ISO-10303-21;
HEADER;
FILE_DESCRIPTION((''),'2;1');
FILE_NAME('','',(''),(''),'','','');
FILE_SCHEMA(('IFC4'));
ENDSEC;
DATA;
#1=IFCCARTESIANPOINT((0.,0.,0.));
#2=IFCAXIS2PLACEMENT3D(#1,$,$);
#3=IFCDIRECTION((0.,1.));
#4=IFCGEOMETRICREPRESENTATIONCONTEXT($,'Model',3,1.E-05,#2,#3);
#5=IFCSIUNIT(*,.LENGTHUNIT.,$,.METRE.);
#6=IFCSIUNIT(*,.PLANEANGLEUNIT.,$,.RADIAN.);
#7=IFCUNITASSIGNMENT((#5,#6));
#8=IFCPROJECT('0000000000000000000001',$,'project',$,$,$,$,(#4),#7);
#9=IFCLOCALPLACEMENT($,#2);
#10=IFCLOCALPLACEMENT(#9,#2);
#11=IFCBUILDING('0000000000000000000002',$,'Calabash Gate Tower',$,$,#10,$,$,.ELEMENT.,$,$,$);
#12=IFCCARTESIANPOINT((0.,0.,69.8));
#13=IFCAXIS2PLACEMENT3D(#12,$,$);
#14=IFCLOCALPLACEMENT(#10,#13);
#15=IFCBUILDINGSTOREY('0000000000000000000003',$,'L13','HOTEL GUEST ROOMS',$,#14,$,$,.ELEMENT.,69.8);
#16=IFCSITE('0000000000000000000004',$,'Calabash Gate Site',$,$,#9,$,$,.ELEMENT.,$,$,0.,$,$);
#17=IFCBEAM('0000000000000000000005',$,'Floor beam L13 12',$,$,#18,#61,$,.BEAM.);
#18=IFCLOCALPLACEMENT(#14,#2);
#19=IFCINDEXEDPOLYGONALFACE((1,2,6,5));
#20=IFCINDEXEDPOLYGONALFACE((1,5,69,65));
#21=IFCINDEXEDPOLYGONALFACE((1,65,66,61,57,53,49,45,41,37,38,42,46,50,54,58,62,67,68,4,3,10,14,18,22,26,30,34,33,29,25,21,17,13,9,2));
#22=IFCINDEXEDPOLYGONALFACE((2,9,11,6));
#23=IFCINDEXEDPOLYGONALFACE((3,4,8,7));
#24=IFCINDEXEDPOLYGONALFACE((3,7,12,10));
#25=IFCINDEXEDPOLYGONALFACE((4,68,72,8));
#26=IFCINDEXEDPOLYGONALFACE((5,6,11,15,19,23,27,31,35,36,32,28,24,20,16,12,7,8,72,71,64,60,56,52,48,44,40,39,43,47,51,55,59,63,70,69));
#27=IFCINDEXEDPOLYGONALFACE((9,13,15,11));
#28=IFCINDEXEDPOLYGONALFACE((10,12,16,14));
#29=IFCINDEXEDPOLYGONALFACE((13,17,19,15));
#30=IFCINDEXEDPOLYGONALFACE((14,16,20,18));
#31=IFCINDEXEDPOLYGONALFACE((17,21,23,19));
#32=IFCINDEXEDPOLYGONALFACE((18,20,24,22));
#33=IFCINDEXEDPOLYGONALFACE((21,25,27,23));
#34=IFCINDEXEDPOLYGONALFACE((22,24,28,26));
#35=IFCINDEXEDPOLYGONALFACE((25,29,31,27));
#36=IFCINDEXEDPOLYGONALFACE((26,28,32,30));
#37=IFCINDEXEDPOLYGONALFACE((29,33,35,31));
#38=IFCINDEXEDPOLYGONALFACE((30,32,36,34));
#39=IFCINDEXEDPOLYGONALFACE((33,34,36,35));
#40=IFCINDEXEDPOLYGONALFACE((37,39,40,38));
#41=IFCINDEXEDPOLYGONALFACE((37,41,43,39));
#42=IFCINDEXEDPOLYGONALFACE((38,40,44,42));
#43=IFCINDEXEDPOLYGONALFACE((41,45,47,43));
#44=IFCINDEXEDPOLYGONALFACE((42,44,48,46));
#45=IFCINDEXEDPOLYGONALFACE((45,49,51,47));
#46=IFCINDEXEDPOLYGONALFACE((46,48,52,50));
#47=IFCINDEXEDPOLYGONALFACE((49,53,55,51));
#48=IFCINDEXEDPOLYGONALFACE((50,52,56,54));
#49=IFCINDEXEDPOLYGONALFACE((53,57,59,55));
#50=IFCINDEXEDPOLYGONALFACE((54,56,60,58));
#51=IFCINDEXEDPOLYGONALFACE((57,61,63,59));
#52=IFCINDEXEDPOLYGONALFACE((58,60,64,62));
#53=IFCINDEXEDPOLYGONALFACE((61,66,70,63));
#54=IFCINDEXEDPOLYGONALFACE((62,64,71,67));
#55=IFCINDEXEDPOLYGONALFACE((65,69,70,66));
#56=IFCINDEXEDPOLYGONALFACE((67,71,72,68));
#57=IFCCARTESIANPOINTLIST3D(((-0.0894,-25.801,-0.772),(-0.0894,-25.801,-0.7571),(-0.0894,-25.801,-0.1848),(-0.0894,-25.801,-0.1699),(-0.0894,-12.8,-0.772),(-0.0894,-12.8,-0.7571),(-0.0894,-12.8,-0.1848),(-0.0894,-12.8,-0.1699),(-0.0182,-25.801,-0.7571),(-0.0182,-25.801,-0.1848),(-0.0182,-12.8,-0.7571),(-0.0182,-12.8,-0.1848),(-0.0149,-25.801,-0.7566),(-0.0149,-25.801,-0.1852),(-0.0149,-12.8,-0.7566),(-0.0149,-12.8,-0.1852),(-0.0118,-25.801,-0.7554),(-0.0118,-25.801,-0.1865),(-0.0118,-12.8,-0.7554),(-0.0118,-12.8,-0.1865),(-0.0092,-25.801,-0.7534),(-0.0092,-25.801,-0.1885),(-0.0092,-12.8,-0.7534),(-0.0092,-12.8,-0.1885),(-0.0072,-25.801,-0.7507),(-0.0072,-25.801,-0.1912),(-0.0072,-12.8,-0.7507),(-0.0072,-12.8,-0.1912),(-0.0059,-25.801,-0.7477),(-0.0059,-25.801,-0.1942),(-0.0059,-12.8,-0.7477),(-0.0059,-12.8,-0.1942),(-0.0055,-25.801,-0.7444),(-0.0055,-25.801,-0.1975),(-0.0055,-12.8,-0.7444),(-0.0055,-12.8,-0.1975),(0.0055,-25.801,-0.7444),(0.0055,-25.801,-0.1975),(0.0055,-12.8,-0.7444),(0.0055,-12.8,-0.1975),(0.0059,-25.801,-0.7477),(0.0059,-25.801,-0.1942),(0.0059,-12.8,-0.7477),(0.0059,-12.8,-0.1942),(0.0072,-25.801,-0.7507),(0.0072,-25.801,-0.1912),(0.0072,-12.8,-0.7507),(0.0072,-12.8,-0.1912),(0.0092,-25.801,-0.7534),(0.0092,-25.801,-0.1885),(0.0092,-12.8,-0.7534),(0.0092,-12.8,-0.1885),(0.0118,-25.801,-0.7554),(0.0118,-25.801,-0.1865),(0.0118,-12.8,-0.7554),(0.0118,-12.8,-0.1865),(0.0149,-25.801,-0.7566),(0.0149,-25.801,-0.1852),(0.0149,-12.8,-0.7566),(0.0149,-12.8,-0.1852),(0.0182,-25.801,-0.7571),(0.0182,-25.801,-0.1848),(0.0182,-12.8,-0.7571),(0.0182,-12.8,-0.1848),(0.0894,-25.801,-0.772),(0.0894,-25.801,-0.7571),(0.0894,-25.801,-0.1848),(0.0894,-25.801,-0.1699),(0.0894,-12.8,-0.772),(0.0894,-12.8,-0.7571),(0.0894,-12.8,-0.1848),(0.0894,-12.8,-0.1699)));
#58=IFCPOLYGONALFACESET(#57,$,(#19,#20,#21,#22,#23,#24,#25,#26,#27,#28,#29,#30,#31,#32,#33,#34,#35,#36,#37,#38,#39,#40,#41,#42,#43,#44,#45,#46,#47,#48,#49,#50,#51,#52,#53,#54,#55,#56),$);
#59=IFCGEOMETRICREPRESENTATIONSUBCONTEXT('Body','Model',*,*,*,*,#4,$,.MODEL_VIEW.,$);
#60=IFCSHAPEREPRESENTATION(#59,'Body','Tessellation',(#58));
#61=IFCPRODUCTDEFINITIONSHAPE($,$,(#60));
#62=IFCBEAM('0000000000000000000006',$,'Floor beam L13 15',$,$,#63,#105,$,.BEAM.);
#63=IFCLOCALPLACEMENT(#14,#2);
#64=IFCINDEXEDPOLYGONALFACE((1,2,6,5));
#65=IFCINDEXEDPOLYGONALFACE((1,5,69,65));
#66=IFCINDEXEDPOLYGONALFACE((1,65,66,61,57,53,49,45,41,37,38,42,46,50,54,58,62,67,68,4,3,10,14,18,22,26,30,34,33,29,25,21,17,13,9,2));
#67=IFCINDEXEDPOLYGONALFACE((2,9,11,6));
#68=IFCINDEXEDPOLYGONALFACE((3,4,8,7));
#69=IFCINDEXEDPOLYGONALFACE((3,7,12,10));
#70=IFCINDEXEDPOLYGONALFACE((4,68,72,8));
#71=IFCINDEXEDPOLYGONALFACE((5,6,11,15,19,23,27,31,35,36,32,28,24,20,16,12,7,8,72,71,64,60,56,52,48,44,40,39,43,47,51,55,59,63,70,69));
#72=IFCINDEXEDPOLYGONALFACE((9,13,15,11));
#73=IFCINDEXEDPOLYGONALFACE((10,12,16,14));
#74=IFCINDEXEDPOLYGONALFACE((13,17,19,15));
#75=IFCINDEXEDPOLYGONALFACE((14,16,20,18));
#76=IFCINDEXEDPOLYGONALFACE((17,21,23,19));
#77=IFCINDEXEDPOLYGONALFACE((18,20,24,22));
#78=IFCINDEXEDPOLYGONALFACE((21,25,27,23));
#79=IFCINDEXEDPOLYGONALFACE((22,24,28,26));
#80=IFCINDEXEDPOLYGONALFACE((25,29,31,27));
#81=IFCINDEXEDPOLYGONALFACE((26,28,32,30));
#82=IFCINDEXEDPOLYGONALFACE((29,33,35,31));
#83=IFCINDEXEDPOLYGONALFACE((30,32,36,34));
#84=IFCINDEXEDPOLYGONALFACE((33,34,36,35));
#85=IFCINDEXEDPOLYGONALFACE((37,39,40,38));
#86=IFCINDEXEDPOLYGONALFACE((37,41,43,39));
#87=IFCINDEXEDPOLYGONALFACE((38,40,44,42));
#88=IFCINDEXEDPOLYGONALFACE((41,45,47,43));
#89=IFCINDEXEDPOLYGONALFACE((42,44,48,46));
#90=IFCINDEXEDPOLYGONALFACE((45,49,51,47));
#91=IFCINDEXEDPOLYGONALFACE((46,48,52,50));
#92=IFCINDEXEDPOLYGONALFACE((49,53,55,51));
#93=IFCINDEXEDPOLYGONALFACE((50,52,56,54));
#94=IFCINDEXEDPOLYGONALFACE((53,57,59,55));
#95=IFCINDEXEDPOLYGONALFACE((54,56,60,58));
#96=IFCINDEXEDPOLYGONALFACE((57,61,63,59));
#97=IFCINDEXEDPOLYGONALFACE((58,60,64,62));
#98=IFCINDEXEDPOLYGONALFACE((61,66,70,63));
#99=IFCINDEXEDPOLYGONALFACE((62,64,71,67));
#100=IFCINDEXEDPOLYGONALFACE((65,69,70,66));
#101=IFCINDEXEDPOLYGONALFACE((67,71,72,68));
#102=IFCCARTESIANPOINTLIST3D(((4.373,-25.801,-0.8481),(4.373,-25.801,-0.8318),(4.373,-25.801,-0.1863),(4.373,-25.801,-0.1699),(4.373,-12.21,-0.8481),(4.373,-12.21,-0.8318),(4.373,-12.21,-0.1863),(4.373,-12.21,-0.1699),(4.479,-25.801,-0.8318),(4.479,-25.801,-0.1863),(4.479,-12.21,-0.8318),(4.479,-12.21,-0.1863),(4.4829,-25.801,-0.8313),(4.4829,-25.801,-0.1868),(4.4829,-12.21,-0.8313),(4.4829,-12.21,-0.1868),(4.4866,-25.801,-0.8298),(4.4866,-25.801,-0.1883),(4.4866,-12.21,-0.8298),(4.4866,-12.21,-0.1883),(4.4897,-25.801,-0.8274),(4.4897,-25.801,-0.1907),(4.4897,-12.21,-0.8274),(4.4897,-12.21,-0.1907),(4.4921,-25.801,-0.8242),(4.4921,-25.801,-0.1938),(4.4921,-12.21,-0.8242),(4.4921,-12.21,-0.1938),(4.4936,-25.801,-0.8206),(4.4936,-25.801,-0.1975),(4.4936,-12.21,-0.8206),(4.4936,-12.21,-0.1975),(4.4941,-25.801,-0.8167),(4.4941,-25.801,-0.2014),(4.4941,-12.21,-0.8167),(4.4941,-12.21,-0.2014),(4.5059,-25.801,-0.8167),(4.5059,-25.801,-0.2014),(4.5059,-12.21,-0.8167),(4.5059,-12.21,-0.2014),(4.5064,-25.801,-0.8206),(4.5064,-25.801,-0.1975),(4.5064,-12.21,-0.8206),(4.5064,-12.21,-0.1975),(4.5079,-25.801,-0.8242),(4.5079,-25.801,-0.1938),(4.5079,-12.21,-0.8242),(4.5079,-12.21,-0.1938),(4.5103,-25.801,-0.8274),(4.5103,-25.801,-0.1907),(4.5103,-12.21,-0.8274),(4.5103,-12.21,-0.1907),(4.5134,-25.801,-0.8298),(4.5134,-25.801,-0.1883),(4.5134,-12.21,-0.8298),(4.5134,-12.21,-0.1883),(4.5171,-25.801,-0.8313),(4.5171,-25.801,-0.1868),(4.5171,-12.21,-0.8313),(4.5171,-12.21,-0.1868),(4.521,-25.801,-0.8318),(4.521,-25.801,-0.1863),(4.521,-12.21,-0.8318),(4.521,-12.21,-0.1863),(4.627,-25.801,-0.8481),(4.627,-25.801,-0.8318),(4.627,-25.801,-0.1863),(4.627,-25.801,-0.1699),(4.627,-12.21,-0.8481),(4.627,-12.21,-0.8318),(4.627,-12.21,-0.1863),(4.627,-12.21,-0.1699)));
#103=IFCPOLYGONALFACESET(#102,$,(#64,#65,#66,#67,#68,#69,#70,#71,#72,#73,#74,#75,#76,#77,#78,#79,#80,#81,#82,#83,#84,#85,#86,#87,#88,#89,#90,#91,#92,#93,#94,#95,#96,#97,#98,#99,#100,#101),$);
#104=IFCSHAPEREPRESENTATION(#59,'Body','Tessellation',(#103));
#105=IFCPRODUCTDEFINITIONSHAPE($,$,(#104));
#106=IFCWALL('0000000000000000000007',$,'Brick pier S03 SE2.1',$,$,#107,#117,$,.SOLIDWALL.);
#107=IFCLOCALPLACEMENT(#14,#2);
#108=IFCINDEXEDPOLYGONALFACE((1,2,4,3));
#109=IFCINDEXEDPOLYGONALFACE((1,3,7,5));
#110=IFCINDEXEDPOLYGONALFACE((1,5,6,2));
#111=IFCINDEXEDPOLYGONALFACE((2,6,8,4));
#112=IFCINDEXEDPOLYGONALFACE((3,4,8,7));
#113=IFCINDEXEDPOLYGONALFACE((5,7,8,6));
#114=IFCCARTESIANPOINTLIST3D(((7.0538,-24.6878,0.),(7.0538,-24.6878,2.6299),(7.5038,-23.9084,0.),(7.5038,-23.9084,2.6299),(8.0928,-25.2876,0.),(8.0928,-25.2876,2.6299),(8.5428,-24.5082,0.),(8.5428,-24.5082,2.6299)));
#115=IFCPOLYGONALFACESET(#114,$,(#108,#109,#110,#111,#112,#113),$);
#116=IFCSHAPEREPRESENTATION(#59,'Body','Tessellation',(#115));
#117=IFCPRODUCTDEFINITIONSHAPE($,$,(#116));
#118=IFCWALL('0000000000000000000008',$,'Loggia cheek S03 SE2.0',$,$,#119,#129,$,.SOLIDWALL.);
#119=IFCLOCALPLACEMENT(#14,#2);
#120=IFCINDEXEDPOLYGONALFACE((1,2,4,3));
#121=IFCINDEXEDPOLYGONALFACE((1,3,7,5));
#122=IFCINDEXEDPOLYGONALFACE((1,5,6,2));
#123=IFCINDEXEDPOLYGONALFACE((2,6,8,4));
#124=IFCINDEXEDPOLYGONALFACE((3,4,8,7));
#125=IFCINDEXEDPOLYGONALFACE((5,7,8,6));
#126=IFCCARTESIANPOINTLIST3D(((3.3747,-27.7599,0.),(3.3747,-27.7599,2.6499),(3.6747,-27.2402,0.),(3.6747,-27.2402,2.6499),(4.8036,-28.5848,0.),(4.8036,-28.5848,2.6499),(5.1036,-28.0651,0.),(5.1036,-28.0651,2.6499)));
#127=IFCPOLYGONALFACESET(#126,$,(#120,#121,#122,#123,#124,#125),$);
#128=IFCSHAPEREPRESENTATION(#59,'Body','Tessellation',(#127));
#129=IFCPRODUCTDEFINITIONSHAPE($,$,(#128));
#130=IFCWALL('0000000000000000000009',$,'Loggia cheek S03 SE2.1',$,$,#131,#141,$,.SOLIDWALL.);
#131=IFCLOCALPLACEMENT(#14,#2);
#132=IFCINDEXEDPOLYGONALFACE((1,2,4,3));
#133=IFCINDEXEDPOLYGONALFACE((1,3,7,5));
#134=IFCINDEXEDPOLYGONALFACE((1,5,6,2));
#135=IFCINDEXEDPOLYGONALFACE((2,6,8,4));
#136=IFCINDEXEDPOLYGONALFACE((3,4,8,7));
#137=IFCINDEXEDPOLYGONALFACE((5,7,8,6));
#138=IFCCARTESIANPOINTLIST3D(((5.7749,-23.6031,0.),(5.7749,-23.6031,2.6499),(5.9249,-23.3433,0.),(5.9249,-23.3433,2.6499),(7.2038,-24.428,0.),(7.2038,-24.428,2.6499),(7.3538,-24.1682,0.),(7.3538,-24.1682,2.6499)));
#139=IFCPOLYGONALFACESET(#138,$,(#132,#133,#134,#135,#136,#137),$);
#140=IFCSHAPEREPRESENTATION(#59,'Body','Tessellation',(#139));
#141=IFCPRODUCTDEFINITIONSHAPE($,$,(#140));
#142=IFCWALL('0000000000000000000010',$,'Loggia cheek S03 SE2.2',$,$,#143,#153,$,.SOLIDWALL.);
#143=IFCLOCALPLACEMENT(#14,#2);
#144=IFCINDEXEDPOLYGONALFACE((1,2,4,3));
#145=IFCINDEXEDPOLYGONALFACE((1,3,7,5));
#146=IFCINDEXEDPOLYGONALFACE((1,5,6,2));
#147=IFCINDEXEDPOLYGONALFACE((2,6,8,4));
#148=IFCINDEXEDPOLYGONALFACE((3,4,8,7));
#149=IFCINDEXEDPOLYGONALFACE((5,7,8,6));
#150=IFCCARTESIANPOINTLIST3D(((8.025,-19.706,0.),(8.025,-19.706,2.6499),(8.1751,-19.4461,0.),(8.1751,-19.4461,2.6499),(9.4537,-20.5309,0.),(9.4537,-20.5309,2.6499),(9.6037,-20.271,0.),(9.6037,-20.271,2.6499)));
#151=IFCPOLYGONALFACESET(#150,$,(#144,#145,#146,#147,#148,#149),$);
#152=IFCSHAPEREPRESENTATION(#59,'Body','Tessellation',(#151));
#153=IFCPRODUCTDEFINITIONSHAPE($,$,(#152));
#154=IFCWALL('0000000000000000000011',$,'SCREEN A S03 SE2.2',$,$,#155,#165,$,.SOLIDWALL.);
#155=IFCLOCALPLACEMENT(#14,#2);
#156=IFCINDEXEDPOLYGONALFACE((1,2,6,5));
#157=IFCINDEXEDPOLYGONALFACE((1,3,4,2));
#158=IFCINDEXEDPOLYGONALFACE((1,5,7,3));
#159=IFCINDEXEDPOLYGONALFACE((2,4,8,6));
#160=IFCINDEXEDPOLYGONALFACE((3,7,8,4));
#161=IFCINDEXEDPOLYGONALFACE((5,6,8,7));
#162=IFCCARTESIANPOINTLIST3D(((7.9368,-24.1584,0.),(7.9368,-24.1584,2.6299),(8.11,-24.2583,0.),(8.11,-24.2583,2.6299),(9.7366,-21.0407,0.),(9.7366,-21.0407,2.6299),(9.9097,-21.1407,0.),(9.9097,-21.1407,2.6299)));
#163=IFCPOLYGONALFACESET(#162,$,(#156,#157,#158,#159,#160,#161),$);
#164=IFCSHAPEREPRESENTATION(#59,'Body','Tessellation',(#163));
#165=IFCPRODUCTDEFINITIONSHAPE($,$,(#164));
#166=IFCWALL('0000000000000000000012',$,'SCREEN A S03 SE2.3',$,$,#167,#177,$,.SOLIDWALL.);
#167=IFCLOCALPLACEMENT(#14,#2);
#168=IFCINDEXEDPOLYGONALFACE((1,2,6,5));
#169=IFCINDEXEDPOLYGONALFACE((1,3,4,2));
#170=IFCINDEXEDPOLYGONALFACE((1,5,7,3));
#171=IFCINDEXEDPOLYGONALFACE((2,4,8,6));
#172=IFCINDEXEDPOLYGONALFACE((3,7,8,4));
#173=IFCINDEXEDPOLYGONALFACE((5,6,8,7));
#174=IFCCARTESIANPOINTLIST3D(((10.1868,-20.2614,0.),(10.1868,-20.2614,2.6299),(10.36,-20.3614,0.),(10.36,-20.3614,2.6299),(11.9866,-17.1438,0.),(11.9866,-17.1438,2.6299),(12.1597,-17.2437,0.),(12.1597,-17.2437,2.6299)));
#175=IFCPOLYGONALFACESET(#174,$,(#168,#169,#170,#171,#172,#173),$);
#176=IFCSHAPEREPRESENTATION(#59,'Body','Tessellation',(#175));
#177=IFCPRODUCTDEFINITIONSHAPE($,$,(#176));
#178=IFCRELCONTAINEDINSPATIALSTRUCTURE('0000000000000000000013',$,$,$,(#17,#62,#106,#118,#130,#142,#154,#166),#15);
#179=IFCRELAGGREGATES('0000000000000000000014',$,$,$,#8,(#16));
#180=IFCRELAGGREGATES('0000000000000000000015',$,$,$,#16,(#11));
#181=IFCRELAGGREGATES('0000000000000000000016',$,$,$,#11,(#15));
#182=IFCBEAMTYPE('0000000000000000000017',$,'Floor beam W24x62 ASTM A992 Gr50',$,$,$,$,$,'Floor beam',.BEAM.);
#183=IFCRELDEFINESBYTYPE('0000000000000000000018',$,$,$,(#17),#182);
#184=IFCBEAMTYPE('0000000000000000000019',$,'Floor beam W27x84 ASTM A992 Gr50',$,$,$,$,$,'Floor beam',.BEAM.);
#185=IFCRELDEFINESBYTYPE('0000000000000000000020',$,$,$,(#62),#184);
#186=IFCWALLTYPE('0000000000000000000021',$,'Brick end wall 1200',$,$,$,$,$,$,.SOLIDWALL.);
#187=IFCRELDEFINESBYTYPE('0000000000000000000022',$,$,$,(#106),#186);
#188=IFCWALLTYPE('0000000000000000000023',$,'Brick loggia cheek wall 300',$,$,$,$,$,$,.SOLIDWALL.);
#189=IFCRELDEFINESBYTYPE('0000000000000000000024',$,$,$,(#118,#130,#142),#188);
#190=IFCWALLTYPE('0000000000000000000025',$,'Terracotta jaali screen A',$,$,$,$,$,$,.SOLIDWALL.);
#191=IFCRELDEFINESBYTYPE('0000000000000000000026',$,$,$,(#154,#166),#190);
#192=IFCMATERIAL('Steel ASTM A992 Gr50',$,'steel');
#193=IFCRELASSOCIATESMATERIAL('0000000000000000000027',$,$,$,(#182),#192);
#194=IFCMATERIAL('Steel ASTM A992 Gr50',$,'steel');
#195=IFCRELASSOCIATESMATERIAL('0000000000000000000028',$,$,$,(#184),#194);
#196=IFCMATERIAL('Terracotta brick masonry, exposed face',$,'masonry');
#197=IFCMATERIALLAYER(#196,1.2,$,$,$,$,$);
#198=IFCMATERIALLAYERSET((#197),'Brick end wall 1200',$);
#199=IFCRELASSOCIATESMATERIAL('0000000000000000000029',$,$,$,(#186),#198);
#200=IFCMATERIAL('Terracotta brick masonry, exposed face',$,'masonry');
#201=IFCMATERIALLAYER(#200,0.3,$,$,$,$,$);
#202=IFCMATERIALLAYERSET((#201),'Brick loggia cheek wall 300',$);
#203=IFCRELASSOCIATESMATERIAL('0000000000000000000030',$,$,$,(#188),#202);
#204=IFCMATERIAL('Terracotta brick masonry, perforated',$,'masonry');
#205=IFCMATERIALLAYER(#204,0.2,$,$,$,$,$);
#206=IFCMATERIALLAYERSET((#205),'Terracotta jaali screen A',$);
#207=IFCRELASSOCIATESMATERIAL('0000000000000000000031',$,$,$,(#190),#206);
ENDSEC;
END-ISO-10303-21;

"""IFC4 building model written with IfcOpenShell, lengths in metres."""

from ifc_helpers import new_model, si_unit, direction, frame, frame_2d, origin, origin_2d, place, context, subcontext, project, spatial, rectangle, i_section, extrude, material, layer, layer_set, material_profile, profile_set, type_object, element, save


model = new_model("IFC4")

# Units and contexts
model_context = context("Model", 3, precision=1e-05, world=origin(), true_north=direction((0.0, 1.0)))
body_context = subcontext(model_context, "Body", "Model", "MODEL_VIEW")
ifc_project = project(units=[si_unit("LENGTHUNIT", "METRE"), si_unit("PLANEANGLEUNIT", "RADIAN")], contexts=[model_context])

# Site, building, storey
site_placement = place(None, origin())
site = spatial("IfcSite", under=ifc_project, at=site_placement, Name="Calabash Gate Site", CompositionType="ELEMENT", RefElevation=0.0)
building_placement = place(site_placement, origin())
building = spatial("IfcBuilding", under=site, at=building_placement, Name="Calabash Gate Tower", CompositionType="ELEMENT")
storey_placement = place(building_placement, frame((0.0, 0.0, 69.8)))
storey = spatial("IfcBuildingStorey", under=building, at=storey_placement, Name="L13", Description="HOTEL GUEST ROOMS", CompositionType="ELEMENT", Elevation=69.8)

# Beams
ifc_material_1 = material(Name="Steel ASTM A992 Gr50", Category="steel")
ifc_material_profile_1 = material_profile(ifc_material_1, i_section(OverallWidth=0.1787, OverallDepth=0.6021, WebThickness=0.011, FlangeThickness=0.0149, FilletRadius=0.0127, at=origin_2d()))
ifc_profile_set_1 = profile_set([ifc_material_profile_1], Name="Steel ASTM A992 Gr50")
beam_type_1 = type_object("IfcBeamType", Name="Floor beam W24x62 ASTM A992 Gr50", ElementType="Floor beam", PredefinedType="BEAM", material=ifc_profile_set_1)
beam_1_placement = place(storey_placement, frame((0.0, -25.801, -0.4709), z_axis=(0.0, 1.0, 0.0), x_axis=(-1.0, 0.0, 0.0)))
element("IfcBeam", 1, at=beam_1_placement, inside=storey, type_object=beam_type_1, Name="Floor beam L13 12", PredefinedType="BEAM", context=body_context, shape_type="SweptSolid", body=[
    extrude(i_section(OverallWidth=0.1787, OverallDepth=0.6021, WebThickness=0.011, FlangeThickness=0.0149, FilletRadius=0.0127, at=origin_2d()), origin(), (0.0, 0.0, 1.0), 13.001),
])
ifc_material_2 = material(Name="Steel ASTM A992 Gr50", Category="steel")
ifc_material_profile_2 = material_profile(ifc_material_2, i_section(OverallWidth=0.2539, OverallDepth=0.6782, WebThickness=0.0117, FlangeThickness=0.0164, FilletRadius=0.0151, at=origin_2d()))
ifc_profile_set_2 = profile_set([ifc_material_profile_2], Name="Steel ASTM A992 Gr50")
beam_type_2 = type_object("IfcBeamType", Name="Floor beam W27x84 ASTM A992 Gr50", ElementType="Floor beam", PredefinedType="BEAM", material=ifc_profile_set_2)
beam_2_placement = place(storey_placement, frame((4.5, -25.801, -0.509), z_axis=(0.0, 1.0, 0.0), x_axis=(-1.0, 0.0, 0.0)))
element("IfcBeam", 2, at=beam_2_placement, inside=storey, type_object=beam_type_2, Name="Floor beam L13 15", PredefinedType="BEAM", context=body_context, shape_type="SweptSolid", body=[
    extrude(i_section(OverallWidth=0.2539, OverallDepth=0.6782, WebThickness=0.0117, FlangeThickness=0.0164, FilletRadius=0.0151, at=origin_2d()), origin(), (0.0, 0.0, 1.0), 13.5911),
])

# Walls
ifc_material_3 = material(Name="Terracotta brick masonry, exposed face", Category="masonry")
ifc_layer_1 = layer(ifc_material_3, 1.2)
ifc_layer_set_1 = layer_set([ifc_layer_1], Name="Brick end wall 1200")
wall_type_1 = type_object("IfcWallType", Name="Brick end wall 1200", PredefinedType="SOLIDWALL", material=ifc_layer_set_1)
wall_1_placement = place(storey_placement, frame((7.2788, -24.2981, 0.0), z_axis=(0.0, 0.0, 1.0), x_axis=(0.866043, -0.499969, 0.0)))
element("IfcWall", 3, at=wall_1_placement, inside=storey, type_object=wall_type_1, Name="Brick pier S03 SE2.1", PredefinedType="SOLIDWALL", context=body_context, shape_type="SweptSolid", body=[
    extrude(rectangle(XDim=1.1997, YDim=0.8999, at=frame_2d((0.5999, 0.0))), origin(), (0.0, 0.0, 1.0), 2.6299),
])
ifc_material_4 = material(Name="Terracotta brick masonry, exposed face", Category="masonry")
ifc_layer_2 = layer(ifc_material_4, 0.3)
ifc_layer_set_2 = layer_set([ifc_layer_2], Name="Brick loggia cheek wall 300")
wall_type_2 = type_object("IfcWallType", Name="Brick loggia cheek wall 300", PredefinedType="SOLIDWALL", material=ifc_layer_set_2)
wall_2_placement = place(storey_placement, frame((4.9536, -28.325, 0.0), z_axis=(0.0, 0.0, 1.0), x_axis=(-0.86604, 0.499974, 0.0)))
element("IfcWall", 4, at=wall_2_placement, inside=storey, type_object=wall_type_2, Name="Loggia cheek S03 SE2.0", PredefinedType="SOLIDWALL", context=body_context, shape_type="SweptSolid", body=[
    extrude(rectangle(XDim=1.6499, YDim=0.6001, at=frame_2d((0.825, 0.0))), origin(), (0.0, 0.0, 1.0), 2.6499),
])
wall_3_placement = place(storey_placement, frame((7.2788, -24.2981, 0.0), z_axis=(0.0, 0.0, 1.0), x_axis=(-0.86604, 0.499974, 0.0)))
element("IfcWall", 5, at=wall_3_placement, inside=storey, type_object=wall_type_2, Name="Loggia cheek S03 SE2.1", PredefinedType="SOLIDWALL", context=body_context, shape_type="SweptSolid", body=[
    extrude(rectangle(XDim=1.6499, YDim=0.3, at=frame_2d((0.825, 0.0))), origin(), (0.0, 0.0, 1.0), 2.6499),
])
wall_4_placement = place(storey_placement, frame((9.5286, -20.4009, 0.0), z_axis=(0.0, 0.0, 1.0), x_axis=(-0.866003, 0.500038, 0.0)))
element("IfcWall", 6, at=wall_4_placement, inside=storey, type_object=wall_type_2, Name="Loggia cheek S03 SE2.2", PredefinedType="SOLIDWALL", context=body_context, shape_type="SweptSolid", body=[
    extrude(rectangle(XDim=1.6497, YDim=0.3, at=frame_2d((0.8247, 0.0))), origin(), (0.0, 0.0, 1.0), 2.6499),
])
ifc_material_5 = material(Name="Terracotta brick masonry, perforated", Category="masonry")
ifc_layer_3 = layer(ifc_material_5, 0.2)
ifc_layer_set_3 = layer_set([ifc_layer_3], Name="Terracotta jaali screen A")
wall_type_3 = type_object("IfcWallType", Name="Terracotta jaali screen A", PredefinedType="SOLIDWALL", material=ifc_layer_set_3)
for number, where, z_axis, x_axis, name in (
    (7, (8.0234, -24.2083, 0.0), (0.0, 0.0, 1.0), (0.499961, 0.866048, 0.0), "SCREEN A S03 SE2.2"),
    (8, (10.2734, -20.3113, 0.0), (0.0, 0.0, 1.0), (0.499961, 0.866048, 0.0), "SCREEN A S03 SE2.3"),
):
    element("IfcWall", number, at=place(storey_placement, frame(where, z_axis=z_axis, x_axis=x_axis)), inside=storey, type_object=wall_type_3, Name=name, PredefinedType="SOLIDWALL", context=body_context, shape_type="SweptSolid", body=[
        extrude(rectangle(XDim=3.5999, YDim=0.2, at=frame_2d((1.7998, 0.0))), origin(), (0.0, 0.0, 1.0), 2.6299),
    ])

save(model, "model.ifc")
